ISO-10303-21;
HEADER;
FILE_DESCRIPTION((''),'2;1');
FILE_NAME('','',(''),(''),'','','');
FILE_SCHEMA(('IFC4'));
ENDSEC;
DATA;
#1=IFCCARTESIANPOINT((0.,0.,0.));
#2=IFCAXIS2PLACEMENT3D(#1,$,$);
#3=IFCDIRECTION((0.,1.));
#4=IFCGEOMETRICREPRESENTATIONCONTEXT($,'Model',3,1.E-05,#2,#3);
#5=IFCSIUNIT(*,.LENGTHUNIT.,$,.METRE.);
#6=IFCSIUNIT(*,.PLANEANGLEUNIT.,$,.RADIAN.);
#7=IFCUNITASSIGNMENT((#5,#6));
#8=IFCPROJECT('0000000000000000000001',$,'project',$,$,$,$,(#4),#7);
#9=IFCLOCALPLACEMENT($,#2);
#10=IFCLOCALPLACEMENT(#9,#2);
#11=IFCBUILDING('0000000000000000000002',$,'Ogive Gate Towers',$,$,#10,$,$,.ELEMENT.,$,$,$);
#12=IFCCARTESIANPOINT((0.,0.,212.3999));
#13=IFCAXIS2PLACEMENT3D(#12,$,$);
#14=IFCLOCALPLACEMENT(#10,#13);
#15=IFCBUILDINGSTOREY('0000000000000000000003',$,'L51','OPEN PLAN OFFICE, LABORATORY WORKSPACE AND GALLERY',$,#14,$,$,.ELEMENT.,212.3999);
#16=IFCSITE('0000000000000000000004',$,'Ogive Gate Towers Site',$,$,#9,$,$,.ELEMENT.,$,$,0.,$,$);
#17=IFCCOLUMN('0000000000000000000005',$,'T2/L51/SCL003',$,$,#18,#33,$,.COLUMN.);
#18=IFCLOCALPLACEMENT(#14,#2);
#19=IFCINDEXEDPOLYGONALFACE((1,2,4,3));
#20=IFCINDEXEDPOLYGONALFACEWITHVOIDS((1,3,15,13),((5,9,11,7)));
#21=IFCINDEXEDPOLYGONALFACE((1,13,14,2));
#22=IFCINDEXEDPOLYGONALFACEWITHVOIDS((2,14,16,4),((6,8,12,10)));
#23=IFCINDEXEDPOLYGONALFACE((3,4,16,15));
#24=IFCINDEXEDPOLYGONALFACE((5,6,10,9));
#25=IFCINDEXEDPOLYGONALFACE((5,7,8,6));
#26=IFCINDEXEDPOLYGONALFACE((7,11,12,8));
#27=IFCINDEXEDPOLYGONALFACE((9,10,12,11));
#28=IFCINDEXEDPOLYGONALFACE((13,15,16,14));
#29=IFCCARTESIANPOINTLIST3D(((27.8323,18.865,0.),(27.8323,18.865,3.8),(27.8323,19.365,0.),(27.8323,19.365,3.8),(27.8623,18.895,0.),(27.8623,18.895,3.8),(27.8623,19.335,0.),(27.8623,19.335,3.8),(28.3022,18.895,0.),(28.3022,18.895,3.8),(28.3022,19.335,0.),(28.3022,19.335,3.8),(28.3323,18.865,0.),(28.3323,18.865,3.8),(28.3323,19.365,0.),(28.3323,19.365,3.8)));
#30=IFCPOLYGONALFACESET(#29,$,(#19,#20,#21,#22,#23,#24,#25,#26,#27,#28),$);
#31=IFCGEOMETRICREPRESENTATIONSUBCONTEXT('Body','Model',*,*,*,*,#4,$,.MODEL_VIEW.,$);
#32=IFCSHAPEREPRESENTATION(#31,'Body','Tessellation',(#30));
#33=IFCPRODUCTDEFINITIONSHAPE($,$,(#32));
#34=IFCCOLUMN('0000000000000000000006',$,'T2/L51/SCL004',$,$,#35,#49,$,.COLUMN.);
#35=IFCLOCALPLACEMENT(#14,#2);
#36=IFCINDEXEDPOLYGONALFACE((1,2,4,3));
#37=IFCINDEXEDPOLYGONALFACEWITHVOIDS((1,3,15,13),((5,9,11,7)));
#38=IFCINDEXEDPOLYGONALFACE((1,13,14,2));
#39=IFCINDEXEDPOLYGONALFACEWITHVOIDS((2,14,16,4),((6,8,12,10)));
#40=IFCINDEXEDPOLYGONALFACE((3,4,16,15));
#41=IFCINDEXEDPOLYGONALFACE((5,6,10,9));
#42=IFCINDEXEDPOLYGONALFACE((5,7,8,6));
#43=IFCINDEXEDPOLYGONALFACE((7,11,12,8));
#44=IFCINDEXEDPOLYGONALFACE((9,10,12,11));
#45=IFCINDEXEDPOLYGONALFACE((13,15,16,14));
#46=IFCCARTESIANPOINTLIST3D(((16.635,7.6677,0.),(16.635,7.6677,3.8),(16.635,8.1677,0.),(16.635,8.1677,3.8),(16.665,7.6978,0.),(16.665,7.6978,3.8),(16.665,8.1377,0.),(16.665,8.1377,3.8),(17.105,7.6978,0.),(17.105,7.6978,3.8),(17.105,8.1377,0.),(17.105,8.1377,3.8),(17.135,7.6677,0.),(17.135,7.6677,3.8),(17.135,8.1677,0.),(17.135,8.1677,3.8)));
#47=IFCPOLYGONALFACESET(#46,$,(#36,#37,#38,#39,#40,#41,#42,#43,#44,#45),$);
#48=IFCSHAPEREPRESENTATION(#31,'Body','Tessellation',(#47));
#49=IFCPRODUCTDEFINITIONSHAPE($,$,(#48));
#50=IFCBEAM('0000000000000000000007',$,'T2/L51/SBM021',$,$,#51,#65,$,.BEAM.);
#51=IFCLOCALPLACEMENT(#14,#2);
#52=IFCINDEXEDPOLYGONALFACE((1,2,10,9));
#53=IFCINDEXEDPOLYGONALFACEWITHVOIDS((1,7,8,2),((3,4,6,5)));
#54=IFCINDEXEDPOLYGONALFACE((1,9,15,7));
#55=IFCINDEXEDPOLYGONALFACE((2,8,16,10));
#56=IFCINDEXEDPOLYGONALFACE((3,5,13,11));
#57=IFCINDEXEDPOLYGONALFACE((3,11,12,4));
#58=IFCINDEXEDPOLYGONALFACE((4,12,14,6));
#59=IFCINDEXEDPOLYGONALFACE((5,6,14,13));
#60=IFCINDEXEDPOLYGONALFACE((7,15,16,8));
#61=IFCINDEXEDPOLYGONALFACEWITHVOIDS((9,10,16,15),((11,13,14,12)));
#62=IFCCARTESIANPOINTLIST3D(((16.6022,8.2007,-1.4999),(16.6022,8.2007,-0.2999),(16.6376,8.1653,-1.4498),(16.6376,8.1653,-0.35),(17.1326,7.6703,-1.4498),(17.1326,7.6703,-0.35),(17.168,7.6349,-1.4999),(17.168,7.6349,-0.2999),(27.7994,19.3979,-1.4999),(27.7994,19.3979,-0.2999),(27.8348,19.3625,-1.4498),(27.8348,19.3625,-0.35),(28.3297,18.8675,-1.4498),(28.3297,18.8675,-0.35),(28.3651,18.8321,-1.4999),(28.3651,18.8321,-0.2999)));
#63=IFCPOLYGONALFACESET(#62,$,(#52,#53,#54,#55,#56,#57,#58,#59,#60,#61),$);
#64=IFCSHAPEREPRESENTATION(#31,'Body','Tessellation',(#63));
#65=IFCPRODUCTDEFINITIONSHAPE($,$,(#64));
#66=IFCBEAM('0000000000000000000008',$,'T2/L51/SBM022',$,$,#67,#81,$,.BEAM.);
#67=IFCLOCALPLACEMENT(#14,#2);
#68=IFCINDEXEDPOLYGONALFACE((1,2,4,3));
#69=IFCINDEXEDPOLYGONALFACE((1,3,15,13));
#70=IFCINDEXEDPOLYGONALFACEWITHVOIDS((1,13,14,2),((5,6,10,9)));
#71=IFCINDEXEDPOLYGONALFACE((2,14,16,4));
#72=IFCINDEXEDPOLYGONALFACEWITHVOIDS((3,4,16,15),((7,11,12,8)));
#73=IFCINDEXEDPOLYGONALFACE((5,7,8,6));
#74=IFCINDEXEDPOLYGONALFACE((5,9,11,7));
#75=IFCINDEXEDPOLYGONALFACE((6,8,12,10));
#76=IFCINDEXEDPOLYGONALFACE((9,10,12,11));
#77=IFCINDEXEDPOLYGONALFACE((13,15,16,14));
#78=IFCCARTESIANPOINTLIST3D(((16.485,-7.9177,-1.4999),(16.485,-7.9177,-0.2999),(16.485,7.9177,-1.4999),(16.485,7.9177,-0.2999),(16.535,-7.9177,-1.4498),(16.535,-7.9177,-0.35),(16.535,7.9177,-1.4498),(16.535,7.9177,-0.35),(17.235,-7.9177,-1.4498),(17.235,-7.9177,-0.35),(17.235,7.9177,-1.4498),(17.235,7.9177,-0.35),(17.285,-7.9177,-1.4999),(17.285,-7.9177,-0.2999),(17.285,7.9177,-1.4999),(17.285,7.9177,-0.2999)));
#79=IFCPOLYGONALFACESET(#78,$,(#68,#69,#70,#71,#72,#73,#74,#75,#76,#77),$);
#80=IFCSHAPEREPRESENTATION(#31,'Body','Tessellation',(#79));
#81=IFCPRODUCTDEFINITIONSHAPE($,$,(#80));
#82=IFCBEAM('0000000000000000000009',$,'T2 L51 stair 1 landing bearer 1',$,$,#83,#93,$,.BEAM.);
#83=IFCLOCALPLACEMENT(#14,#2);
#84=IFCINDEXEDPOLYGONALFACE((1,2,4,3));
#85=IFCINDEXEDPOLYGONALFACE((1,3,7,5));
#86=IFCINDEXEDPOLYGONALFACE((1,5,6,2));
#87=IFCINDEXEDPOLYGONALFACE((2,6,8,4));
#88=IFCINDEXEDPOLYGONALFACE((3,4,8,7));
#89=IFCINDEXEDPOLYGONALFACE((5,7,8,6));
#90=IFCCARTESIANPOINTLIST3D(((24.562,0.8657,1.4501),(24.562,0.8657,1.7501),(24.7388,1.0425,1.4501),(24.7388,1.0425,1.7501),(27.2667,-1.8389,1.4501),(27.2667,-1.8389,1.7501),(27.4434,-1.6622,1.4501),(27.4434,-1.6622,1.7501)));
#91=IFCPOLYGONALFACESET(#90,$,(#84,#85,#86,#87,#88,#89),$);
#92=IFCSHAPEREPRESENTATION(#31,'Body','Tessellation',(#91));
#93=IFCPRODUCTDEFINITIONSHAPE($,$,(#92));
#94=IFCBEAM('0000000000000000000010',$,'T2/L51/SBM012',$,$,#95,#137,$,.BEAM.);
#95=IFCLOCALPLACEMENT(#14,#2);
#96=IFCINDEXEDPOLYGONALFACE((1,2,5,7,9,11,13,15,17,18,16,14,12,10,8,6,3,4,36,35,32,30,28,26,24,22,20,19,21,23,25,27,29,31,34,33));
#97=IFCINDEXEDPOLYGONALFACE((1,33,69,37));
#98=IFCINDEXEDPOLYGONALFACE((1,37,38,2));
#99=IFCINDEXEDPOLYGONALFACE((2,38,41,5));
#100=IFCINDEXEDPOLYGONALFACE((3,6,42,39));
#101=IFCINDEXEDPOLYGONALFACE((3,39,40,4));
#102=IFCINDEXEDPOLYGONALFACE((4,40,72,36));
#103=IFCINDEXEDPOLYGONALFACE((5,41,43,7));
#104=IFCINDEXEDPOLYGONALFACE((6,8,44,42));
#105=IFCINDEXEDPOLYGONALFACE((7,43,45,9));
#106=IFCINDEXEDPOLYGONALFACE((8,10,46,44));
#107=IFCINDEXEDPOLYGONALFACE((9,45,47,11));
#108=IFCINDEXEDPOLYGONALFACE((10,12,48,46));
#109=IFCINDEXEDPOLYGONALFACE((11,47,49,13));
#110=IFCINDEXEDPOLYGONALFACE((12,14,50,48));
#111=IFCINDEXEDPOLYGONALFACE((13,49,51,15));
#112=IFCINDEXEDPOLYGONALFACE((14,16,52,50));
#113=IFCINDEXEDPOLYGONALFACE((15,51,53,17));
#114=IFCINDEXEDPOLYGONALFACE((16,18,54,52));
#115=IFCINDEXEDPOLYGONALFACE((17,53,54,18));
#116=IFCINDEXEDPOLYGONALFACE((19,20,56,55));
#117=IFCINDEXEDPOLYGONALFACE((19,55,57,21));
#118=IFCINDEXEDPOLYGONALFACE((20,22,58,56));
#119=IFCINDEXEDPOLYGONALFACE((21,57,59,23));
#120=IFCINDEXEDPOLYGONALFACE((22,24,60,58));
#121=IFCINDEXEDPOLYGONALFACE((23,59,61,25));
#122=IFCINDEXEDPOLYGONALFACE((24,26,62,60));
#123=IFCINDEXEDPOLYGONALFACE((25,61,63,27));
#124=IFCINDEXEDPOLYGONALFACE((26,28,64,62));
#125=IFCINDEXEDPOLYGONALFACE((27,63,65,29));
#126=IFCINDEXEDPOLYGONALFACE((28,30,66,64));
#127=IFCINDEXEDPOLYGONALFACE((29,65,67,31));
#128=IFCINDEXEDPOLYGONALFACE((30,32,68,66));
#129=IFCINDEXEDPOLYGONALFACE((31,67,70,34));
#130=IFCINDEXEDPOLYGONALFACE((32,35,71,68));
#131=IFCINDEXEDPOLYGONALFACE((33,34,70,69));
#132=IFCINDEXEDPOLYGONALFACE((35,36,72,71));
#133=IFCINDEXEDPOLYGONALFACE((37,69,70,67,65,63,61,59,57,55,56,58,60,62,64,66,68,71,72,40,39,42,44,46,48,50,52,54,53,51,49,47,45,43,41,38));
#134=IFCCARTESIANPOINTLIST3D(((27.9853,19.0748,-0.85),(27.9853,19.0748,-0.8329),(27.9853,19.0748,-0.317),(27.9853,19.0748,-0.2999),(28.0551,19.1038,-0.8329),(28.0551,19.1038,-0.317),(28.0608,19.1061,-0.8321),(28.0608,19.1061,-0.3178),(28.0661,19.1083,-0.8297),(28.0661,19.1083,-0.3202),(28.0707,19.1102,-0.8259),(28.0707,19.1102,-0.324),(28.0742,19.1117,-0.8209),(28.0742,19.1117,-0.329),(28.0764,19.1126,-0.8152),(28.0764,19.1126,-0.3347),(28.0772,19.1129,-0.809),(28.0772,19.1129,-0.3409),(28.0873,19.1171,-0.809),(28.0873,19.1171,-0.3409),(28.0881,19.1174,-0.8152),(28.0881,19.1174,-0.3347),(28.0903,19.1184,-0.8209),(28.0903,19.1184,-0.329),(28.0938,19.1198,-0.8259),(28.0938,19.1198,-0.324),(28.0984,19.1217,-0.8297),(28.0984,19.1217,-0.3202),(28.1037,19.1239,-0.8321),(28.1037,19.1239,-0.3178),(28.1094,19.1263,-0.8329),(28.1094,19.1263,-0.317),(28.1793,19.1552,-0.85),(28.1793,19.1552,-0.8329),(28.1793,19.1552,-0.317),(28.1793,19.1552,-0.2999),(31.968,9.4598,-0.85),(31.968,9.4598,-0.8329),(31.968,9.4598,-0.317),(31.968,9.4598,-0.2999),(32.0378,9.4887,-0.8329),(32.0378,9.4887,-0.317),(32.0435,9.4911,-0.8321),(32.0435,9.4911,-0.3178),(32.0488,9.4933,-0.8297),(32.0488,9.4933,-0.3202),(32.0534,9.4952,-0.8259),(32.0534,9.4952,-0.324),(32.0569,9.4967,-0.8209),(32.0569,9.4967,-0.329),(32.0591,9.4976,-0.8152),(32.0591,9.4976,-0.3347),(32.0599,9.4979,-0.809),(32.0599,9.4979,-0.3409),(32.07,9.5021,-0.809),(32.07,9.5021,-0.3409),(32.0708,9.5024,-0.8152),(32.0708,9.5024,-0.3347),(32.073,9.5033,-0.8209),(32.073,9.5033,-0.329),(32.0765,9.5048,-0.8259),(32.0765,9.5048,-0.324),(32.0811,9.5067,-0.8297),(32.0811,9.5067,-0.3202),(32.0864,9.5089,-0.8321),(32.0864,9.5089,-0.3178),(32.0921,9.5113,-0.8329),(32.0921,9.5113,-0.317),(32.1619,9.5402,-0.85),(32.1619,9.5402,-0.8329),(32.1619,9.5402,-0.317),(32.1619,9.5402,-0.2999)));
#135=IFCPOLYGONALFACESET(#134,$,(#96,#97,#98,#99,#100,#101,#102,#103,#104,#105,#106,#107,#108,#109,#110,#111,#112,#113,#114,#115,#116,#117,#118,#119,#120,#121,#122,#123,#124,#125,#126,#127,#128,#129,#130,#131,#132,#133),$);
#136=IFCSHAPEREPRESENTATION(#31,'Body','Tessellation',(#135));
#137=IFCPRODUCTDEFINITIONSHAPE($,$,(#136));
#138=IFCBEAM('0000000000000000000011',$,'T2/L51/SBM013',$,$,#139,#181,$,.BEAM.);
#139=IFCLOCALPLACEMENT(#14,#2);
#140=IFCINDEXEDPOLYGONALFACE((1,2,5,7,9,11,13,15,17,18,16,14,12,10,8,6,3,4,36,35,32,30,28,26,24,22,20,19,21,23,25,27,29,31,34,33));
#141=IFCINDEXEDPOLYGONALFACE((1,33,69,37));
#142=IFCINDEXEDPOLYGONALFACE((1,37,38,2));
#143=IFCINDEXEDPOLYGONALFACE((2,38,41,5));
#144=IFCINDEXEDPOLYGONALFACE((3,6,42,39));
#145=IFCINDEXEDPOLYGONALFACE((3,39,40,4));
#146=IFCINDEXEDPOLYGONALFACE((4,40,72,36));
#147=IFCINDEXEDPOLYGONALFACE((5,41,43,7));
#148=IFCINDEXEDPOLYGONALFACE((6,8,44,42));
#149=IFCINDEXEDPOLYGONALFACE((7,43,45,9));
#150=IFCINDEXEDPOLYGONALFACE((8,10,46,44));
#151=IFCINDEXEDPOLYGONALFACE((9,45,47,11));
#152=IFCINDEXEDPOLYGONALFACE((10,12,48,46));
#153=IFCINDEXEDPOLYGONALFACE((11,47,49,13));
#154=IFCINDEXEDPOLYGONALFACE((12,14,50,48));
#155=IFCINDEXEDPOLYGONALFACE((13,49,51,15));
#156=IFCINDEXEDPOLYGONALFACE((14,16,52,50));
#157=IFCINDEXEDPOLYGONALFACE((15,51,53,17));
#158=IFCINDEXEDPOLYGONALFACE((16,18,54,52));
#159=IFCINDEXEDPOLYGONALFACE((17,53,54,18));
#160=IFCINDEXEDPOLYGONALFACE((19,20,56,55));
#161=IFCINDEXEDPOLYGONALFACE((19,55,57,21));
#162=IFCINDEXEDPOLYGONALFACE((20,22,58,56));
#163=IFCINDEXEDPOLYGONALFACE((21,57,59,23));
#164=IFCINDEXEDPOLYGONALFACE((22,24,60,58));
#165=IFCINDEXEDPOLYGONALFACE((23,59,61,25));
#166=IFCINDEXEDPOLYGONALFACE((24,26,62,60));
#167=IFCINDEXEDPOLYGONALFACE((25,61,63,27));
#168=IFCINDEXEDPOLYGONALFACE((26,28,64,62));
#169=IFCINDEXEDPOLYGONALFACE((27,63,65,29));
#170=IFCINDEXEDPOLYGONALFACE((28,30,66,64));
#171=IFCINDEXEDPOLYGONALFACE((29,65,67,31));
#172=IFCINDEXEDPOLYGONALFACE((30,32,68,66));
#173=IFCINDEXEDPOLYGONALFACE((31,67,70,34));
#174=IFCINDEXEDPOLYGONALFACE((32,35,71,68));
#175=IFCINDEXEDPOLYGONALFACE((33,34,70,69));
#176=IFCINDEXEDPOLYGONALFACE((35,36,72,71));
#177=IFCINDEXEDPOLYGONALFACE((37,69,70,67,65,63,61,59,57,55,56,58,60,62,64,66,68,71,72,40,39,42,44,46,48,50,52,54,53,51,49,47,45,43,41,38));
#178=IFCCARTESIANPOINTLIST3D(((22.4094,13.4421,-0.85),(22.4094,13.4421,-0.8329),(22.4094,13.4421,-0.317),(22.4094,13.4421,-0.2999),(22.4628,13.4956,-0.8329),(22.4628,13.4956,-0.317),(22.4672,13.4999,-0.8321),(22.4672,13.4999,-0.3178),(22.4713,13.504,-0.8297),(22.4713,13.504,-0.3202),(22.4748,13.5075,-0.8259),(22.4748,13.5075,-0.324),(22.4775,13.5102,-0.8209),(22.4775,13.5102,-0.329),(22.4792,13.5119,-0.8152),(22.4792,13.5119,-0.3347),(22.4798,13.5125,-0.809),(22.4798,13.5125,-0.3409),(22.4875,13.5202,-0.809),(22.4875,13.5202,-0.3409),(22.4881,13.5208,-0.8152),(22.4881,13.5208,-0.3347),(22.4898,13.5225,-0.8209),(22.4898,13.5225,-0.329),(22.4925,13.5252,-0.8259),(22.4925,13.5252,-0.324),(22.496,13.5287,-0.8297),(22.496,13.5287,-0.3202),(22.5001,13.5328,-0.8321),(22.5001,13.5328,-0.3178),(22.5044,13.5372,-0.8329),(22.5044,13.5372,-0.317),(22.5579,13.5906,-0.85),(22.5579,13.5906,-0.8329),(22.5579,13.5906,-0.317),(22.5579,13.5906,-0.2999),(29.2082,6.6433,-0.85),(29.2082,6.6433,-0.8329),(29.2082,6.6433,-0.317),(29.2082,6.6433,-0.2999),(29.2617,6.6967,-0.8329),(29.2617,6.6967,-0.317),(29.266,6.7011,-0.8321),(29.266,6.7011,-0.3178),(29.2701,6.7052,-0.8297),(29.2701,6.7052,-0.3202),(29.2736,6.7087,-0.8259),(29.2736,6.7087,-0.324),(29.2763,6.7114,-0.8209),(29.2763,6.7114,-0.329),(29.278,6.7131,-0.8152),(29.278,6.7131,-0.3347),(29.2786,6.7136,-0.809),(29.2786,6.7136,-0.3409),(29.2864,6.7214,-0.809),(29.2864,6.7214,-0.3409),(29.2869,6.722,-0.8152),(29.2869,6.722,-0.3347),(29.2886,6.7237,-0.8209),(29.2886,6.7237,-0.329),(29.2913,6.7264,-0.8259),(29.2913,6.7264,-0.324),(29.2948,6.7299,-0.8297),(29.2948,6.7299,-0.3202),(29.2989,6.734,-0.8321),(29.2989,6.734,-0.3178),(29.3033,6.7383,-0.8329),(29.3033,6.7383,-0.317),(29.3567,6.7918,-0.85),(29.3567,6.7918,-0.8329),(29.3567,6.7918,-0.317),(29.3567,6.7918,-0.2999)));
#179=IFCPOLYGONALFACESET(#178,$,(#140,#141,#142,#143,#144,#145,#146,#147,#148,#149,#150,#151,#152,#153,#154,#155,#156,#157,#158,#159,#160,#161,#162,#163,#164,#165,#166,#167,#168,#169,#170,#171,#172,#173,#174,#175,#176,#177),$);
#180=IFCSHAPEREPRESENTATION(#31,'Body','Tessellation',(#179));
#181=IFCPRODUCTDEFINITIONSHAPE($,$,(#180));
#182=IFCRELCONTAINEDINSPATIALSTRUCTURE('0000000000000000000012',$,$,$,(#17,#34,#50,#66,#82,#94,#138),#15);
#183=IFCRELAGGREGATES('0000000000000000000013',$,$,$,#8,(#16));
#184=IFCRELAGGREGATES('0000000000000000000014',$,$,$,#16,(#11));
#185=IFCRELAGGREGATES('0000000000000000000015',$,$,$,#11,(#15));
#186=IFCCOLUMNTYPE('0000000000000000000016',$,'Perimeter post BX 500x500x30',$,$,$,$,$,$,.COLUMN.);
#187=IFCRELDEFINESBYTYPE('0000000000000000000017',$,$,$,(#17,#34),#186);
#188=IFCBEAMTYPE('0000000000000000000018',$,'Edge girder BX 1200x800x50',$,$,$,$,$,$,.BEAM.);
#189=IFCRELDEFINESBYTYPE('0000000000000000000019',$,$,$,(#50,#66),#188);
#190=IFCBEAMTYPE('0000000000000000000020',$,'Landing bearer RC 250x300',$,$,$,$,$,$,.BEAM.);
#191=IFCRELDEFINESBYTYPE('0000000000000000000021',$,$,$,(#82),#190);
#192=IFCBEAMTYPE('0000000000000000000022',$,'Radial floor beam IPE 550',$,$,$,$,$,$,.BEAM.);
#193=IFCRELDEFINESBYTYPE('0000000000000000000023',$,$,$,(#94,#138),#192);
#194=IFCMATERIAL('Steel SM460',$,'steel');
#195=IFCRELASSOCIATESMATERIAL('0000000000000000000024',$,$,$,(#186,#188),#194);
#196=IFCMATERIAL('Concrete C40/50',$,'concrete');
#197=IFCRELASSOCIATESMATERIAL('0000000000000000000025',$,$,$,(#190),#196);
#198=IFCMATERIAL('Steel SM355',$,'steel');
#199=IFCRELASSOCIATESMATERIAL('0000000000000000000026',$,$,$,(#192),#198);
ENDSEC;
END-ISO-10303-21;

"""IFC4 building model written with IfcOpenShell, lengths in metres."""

from ifc_helpers import new_model, si_unit, direction, frame, origin, origin_2d, place, context, subcontext, project, spatial, rectangle, hollow_rectangle, i_section, extrude, material, material_profile, profile_set, type_object, element, save


model = new_model("IFC4")

# Units and contexts
model_context = context("Model", 3, precision=1e-05, world=origin(), true_north=direction((0.0, 1.0)))
body_context = subcontext(model_context, "Body", "Model", "MODEL_VIEW")
ifc_project = project(units=[si_unit("LENGTHUNIT", "METRE"), si_unit("PLANEANGLEUNIT", "RADIAN")], contexts=[model_context])

# Site, building, storey
site_placement = place(None, origin())
site = spatial("IfcSite", under=ifc_project, at=site_placement, Name="Ogive Gate Towers Site", CompositionType="ELEMENT", RefElevation=0.0)
building_placement = place(site_placement, origin())
building = spatial("IfcBuilding", under=site, at=building_placement, Name="Ogive Gate Towers", CompositionType="ELEMENT")
storey_placement = place(building_placement, frame((0.0, 0.0, 212.3999)))
storey = spatial("IfcBuildingStorey", under=building, at=storey_placement, Name="L51", Description="OPEN PLAN OFFICE, LABORATORY WORKSPACE AND GALLERY", CompositionType="ELEMENT", Elevation=212.3999)

# Columns
ifc_material_1 = material(Name="Steel SM460", Category="steel")
ifc_material_profile_1 = material_profile(ifc_material_1, hollow_rectangle(XDim=0.5, YDim=0.5, WallThickness=0.03, at=origin_2d()), Name="BX 500x500x30")
ifc_profile_set_1 = profile_set([ifc_material_profile_1], Name="Steel SM460")
column_type = type_object("IfcColumnType", Name="Perimeter post BX 500x500x30", PredefinedType="COLUMN", material=ifc_profile_set_1)
for number, where, z_axis, x_axis, name in (
    (1, (28.0823, 19.115, 0.0), (0.0, 0.0, 1.0), (1.0, 0.0, 0.0), "T2/L51/SCL003"),
    (2, (16.885, 7.9177, 0.0), (0.0, 0.0, 1.0), (1.0, 0.0, 0.0), "T2/L51/SCL004"),
):
    element("IfcColumn", number, at=place(storey_placement, frame(where, z_axis=z_axis, x_axis=x_axis)), inside=storey, type_object=column_type, Name=name, PredefinedType="COLUMN", context=body_context, shape_type="SweptSolid", body=[
        extrude(hollow_rectangle(XDim=0.5, YDim=0.5, WallThickness=0.03, at=origin_2d()), origin(), (0.0, 0.0, 1.0), 3.8),
    ])

# Beams
ifc_material_profile_2 = material_profile(ifc_material_1, hollow_rectangle(XDim=0.8, YDim=1.2, WallThickness=0.05, at=origin_2d()), Name="BX 1200x800x50")
ifc_profile_set_2 = profile_set([ifc_material_profile_2], Name="Steel SM460")
beam_type_1 = type_object("IfcBeamType", Name="Edge girder BX 1200x800x50", PredefinedType="BEAM", material=ifc_profile_set_2)
beam_1_placement = place(storey_placement, frame((28.0823, 19.115, -0.8999), z_axis=(-0.707107, -0.707107, 0.0), x_axis=(0.707107, -0.707107, 0.0)))
element("IfcBeam", 3, at=beam_1_placement, inside=storey, type_object=beam_type_1, Name="T2/L51/SBM021", PredefinedType="BEAM", context=body_context, shape_type="SweptSolid", body=[
    extrude(hollow_rectangle(XDim=0.8, YDim=1.2, WallThickness=0.05, at=origin_2d()), origin(), (0.0, 0.0, 1.0), 15.8352),
])
beam_2_placement = place(storey_placement, frame((16.885, 7.9177, -0.8999), z_axis=(0.0, -1.0, 0.0), x_axis=(1.0, 0.0, 0.0)))
element("IfcBeam", 4, at=beam_2_placement, inside=storey, type_object=beam_type_1, Name="T2/L51/SBM022", PredefinedType="BEAM", context=body_context, shape_type="SweptSolid", body=[
    extrude(hollow_rectangle(XDim=0.8, YDim=1.2, WallThickness=0.05, at=origin_2d()), origin(), (0.0, 0.0, 1.0), 15.8354),
])
ifc_material_2 = material(Name="Concrete C40/50", Category="concrete")
ifc_material_profile_3 = material_profile(ifc_material_2, rectangle(XDim=0.25, YDim=0.3, at=origin_2d()), Name="RC 250x300")
ifc_profile_set_3 = profile_set([ifc_material_profile_3], Name="Concrete C40/50")
beam_type_2 = type_object("IfcBeamType", Name="Landing bearer RC 250x300", PredefinedType="BEAM", material=ifc_profile_set_3)
beam_3_placement = place(storey_placement, frame((24.6504, 0.9541, 1.6001), z_axis=(0.707107, -0.707107, 0.0), x_axis=(0.707107, 0.707107, 0.0)))
element("IfcBeam", 5, at=beam_3_placement, inside=storey, type_object=beam_type_2, Name="T2 L51 stair 1 landing bearer 1", PredefinedType="BEAM", context=body_context, shape_type="SweptSolid", body=[
    extrude(rectangle(XDim=0.25, YDim=0.3, at=origin_2d()), origin(), (0.0, 0.0, 1.0), 3.825),
])
ifc_material_3 = material(Name="Steel SM355", Category="steel")
ifc_material_profile_4 = material_profile(ifc_material_3, i_section(OverallWidth=0.21, OverallDepth=0.55, WebThickness=0.011, FlangeThickness=0.0171, FilletRadius=0.0239, at=origin_2d()), Name="IPE 550")
ifc_profile_set_4 = profile_set([ifc_material_profile_4], Name="Steel SM355")
beam_type_3 = type_object("IfcBeamType", Name="Radial floor beam IPE 550", PredefinedType="BEAM", material=ifc_profile_set_4)
beam_4_placement = place(storey_placement, frame((32.0649, 9.5, -0.575), z_axis=(-0.382684, 0.923879, 0.0), x_axis=(-0.923879, -0.382684, 0.0)))
element("IfcBeam", 6, at=beam_4_placement, inside=storey, type_object=beam_type_3, Name="T2/L51/SBM012", PredefinedType="BEAM", context=body_context, shape_type="SweptSolid", body=[
    extrude(i_section(OverallWidth=0.21, OverallDepth=0.55, WebThickness=0.011, FlangeThickness=0.0171, FilletRadius=0.0239, at=origin_2d()), origin(), (0.0, 0.0, 1.0), 10.4072),
])
beam_5_placement = place(storey_placement, frame((29.2825, 6.7175, -0.575), z_axis=(-0.707107, 0.707107, 0.0), x_axis=(-0.707107, -0.707107, 0.0)))
element("IfcBeam", 7, at=beam_5_placement, inside=storey, type_object=beam_type_3, Name="T2/L51/SBM013", PredefinedType="BEAM", context=body_context, shape_type="SweptSolid", body=[
    extrude(i_section(OverallWidth=0.21, OverallDepth=0.55, WebThickness=0.011, FlangeThickness=0.0171, FilletRadius=0.0239, at=origin_2d()), origin(), (0.0, 0.0, 1.0), 9.615),
])

save(model, "model.ifc")
